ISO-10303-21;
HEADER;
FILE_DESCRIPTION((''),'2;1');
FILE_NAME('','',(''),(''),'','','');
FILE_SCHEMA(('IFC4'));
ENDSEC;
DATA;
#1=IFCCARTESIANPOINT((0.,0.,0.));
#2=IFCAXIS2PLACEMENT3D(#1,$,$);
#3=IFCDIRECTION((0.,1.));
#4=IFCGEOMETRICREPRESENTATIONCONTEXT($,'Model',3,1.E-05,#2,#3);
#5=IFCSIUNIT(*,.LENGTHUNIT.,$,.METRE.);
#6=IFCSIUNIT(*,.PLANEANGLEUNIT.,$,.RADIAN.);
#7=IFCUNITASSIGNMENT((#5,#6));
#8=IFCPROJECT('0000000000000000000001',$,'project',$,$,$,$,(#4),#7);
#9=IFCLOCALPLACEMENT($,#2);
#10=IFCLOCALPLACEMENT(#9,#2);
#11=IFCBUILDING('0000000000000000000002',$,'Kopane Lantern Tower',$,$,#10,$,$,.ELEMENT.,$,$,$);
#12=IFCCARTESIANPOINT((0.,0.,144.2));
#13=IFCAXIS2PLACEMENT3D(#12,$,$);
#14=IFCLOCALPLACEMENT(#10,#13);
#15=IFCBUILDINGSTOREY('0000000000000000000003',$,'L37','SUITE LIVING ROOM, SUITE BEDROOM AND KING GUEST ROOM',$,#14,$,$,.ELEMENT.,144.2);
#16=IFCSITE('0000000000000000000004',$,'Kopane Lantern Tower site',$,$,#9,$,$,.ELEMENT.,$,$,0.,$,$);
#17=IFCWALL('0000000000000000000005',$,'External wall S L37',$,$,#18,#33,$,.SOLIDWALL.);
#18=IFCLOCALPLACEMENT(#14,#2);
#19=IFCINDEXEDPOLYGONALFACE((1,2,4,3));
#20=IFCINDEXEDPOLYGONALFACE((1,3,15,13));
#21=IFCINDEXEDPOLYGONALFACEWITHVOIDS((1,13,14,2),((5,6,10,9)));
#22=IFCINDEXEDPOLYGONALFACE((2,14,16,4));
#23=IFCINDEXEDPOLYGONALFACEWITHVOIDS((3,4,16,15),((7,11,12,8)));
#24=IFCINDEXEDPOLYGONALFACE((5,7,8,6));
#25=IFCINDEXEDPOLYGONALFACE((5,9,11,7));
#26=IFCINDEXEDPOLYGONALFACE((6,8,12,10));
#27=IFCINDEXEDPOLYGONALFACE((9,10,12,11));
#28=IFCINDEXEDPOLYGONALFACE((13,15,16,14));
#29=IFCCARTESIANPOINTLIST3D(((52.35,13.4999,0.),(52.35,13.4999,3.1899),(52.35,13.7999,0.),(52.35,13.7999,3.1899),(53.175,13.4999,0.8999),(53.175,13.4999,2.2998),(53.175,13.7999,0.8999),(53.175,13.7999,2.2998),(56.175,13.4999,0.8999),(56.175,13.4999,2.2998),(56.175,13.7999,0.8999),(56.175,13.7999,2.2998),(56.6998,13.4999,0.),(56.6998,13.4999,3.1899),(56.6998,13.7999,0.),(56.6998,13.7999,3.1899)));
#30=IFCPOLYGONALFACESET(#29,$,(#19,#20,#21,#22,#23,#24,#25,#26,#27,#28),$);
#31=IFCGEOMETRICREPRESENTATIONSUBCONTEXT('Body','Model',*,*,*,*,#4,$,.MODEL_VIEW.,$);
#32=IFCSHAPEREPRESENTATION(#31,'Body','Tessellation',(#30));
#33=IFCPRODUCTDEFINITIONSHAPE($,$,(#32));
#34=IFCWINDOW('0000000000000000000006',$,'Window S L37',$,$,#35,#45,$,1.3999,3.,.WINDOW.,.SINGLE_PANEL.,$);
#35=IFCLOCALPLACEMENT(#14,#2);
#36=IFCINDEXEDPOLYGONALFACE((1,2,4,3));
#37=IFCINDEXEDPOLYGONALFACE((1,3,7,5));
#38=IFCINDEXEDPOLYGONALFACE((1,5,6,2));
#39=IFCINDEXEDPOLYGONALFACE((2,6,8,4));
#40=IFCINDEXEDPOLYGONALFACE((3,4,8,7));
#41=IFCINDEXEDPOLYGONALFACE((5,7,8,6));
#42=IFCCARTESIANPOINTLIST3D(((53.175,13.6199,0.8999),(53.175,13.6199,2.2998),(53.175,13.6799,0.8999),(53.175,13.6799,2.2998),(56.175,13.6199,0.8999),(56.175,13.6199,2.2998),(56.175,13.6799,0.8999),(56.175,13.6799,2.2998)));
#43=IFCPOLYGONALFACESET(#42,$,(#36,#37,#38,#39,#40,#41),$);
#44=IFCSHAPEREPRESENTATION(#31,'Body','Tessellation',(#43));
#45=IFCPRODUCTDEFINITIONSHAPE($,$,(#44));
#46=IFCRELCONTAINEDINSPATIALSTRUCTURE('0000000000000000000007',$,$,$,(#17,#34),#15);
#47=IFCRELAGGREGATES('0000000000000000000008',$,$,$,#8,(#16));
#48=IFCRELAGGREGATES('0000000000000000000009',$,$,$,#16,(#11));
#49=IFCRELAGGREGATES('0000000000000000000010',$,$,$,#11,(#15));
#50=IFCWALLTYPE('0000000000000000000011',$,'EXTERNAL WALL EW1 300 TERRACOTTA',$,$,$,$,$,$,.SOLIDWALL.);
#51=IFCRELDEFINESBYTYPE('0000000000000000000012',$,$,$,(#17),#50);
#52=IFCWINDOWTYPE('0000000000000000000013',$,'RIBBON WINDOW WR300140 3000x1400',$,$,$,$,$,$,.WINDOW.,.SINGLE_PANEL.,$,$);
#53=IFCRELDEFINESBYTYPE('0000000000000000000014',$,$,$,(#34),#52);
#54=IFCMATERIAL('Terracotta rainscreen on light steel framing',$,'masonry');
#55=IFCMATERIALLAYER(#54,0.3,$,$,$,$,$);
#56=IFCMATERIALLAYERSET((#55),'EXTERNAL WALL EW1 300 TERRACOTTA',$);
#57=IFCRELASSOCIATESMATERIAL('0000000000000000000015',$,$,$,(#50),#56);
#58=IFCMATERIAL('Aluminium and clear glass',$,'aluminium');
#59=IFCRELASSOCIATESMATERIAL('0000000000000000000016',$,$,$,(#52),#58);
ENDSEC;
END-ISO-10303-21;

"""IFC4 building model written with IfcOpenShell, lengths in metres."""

from ifc_helpers import new_model, si_unit, direction, frame, frame_2d, origin, place, context, subcontext, project, spatial, rectangle, extrude, material, layer, layer_set, type_object, element, fill, save


model = new_model("IFC4")

# Units and contexts
model_context = context("Model", 3, precision=1e-05, world=origin(), true_north=direction((0.0, 1.0)))
body_context = subcontext(model_context, "Body", "Model", "MODEL_VIEW")
ifc_project = project(units=[si_unit("LENGTHUNIT", "METRE"), si_unit("PLANEANGLEUNIT", "RADIAN")], contexts=[model_context])

# Site, building, storey
site_placement = place(None, origin())
site = spatial("IfcSite", under=ifc_project, at=site_placement, Name="Kopane Lantern Tower site", CompositionType="ELEMENT", RefElevation=0.0)
building_placement = place(site_placement, origin())
building = spatial("IfcBuilding", under=site, at=building_placement, Name="Kopane Lantern Tower", CompositionType="ELEMENT")
storey_placement = place(building_placement, frame((0.0, 0.0, 144.2)))
storey = spatial("IfcBuildingStorey", under=building, at=storey_placement, Name="L37", Description="SUITE LIVING ROOM, SUITE BEDROOM AND KING GUEST ROOM", CompositionType="ELEMENT", Elevation=144.2)

# Wall, opening, window
ifc_material_1 = material(Name="Terracotta rainscreen on light steel framing", Category="masonry")
ifc_layer_1 = layer(ifc_material_1, 0.3)
ifc_layer_set_1 = layer_set([ifc_layer_1], Name="EXTERNAL WALL EW1 300 TERRACOTTA")
wall_type_1 = type_object("IfcWallType", Name="EXTERNAL WALL EW1 300 TERRACOTTA", PredefinedType="SOLIDWALL", material=ifc_layer_set_1)
wall_1_placement = place(storey_placement, frame((52.3501, 13.6499, 0.0), z_axis=(0.0, 0.0, 1.0), x_axis=(1.0, 0.0, 0.0)))
wall_1 = element("IfcWall", 1, at=wall_1_placement, inside=storey, type_object=wall_type_1, Name="External wall S L37", PredefinedType="SOLIDWALL", context=body_context, shape_type="SweptSolid", body=[
    extrude(rectangle(XDim=4.3499, YDim=0.3, at=frame_2d((2.1748, 0.0))), origin(), (0.0, 0.0, 1.0), 3.1899),
])
opening_1_placement = place(wall_1_placement, frame((0.825, 0.0, 0.8999)))
opening_1 = element("IfcOpeningElement", 2, at=opening_1_placement, cuts=wall_1, PredefinedType="OPENING", context=body_context, shape_type="SweptSolid", body=[
    extrude(rectangle(XDim=3.0, YDim=1.3999, at=frame_2d((1.5, 0.7))), frame((0.0, 0.1599, 0.0), z_axis=(0.0, -1.0, 0.0), x_axis=(1.0, 0.0, 0.0)), (0.0, 0.0, 1.0), 0.3201),
])
ifc_material_2 = material(Name="Aluminium and clear glass", Category="aluminium")
window_type = type_object("IfcWindowType", Name="RIBBON WINDOW WR300140 3000x1400", PartitioningType="SINGLE_PANEL", PredefinedType="WINDOW", material=ifc_material_2)
window_1_placement = place(opening_1_placement, origin())
window_1 = element("IfcWindow", 3, at=window_1_placement, inside=storey, type_object=window_type, Name="Window S L37", OverallHeight=1.3999, OverallWidth=3.0, PartitioningType="SINGLE_PANEL", PredefinedType="WINDOW", context=body_context, shape_type="SweptSolid", body=[
    extrude(rectangle(XDim=3.0, YDim=1.3999, at=frame_2d((1.5, 0.7))), frame((0.0, 0.03, 0.0), z_axis=(0.0, -1.0, 0.0), x_axis=(1.0, 0.0, 0.0)), (0.0, 0.0, 1.0), 0.0601),
])
fill(opening_1, window_1)

save(model, "model.ifc")
